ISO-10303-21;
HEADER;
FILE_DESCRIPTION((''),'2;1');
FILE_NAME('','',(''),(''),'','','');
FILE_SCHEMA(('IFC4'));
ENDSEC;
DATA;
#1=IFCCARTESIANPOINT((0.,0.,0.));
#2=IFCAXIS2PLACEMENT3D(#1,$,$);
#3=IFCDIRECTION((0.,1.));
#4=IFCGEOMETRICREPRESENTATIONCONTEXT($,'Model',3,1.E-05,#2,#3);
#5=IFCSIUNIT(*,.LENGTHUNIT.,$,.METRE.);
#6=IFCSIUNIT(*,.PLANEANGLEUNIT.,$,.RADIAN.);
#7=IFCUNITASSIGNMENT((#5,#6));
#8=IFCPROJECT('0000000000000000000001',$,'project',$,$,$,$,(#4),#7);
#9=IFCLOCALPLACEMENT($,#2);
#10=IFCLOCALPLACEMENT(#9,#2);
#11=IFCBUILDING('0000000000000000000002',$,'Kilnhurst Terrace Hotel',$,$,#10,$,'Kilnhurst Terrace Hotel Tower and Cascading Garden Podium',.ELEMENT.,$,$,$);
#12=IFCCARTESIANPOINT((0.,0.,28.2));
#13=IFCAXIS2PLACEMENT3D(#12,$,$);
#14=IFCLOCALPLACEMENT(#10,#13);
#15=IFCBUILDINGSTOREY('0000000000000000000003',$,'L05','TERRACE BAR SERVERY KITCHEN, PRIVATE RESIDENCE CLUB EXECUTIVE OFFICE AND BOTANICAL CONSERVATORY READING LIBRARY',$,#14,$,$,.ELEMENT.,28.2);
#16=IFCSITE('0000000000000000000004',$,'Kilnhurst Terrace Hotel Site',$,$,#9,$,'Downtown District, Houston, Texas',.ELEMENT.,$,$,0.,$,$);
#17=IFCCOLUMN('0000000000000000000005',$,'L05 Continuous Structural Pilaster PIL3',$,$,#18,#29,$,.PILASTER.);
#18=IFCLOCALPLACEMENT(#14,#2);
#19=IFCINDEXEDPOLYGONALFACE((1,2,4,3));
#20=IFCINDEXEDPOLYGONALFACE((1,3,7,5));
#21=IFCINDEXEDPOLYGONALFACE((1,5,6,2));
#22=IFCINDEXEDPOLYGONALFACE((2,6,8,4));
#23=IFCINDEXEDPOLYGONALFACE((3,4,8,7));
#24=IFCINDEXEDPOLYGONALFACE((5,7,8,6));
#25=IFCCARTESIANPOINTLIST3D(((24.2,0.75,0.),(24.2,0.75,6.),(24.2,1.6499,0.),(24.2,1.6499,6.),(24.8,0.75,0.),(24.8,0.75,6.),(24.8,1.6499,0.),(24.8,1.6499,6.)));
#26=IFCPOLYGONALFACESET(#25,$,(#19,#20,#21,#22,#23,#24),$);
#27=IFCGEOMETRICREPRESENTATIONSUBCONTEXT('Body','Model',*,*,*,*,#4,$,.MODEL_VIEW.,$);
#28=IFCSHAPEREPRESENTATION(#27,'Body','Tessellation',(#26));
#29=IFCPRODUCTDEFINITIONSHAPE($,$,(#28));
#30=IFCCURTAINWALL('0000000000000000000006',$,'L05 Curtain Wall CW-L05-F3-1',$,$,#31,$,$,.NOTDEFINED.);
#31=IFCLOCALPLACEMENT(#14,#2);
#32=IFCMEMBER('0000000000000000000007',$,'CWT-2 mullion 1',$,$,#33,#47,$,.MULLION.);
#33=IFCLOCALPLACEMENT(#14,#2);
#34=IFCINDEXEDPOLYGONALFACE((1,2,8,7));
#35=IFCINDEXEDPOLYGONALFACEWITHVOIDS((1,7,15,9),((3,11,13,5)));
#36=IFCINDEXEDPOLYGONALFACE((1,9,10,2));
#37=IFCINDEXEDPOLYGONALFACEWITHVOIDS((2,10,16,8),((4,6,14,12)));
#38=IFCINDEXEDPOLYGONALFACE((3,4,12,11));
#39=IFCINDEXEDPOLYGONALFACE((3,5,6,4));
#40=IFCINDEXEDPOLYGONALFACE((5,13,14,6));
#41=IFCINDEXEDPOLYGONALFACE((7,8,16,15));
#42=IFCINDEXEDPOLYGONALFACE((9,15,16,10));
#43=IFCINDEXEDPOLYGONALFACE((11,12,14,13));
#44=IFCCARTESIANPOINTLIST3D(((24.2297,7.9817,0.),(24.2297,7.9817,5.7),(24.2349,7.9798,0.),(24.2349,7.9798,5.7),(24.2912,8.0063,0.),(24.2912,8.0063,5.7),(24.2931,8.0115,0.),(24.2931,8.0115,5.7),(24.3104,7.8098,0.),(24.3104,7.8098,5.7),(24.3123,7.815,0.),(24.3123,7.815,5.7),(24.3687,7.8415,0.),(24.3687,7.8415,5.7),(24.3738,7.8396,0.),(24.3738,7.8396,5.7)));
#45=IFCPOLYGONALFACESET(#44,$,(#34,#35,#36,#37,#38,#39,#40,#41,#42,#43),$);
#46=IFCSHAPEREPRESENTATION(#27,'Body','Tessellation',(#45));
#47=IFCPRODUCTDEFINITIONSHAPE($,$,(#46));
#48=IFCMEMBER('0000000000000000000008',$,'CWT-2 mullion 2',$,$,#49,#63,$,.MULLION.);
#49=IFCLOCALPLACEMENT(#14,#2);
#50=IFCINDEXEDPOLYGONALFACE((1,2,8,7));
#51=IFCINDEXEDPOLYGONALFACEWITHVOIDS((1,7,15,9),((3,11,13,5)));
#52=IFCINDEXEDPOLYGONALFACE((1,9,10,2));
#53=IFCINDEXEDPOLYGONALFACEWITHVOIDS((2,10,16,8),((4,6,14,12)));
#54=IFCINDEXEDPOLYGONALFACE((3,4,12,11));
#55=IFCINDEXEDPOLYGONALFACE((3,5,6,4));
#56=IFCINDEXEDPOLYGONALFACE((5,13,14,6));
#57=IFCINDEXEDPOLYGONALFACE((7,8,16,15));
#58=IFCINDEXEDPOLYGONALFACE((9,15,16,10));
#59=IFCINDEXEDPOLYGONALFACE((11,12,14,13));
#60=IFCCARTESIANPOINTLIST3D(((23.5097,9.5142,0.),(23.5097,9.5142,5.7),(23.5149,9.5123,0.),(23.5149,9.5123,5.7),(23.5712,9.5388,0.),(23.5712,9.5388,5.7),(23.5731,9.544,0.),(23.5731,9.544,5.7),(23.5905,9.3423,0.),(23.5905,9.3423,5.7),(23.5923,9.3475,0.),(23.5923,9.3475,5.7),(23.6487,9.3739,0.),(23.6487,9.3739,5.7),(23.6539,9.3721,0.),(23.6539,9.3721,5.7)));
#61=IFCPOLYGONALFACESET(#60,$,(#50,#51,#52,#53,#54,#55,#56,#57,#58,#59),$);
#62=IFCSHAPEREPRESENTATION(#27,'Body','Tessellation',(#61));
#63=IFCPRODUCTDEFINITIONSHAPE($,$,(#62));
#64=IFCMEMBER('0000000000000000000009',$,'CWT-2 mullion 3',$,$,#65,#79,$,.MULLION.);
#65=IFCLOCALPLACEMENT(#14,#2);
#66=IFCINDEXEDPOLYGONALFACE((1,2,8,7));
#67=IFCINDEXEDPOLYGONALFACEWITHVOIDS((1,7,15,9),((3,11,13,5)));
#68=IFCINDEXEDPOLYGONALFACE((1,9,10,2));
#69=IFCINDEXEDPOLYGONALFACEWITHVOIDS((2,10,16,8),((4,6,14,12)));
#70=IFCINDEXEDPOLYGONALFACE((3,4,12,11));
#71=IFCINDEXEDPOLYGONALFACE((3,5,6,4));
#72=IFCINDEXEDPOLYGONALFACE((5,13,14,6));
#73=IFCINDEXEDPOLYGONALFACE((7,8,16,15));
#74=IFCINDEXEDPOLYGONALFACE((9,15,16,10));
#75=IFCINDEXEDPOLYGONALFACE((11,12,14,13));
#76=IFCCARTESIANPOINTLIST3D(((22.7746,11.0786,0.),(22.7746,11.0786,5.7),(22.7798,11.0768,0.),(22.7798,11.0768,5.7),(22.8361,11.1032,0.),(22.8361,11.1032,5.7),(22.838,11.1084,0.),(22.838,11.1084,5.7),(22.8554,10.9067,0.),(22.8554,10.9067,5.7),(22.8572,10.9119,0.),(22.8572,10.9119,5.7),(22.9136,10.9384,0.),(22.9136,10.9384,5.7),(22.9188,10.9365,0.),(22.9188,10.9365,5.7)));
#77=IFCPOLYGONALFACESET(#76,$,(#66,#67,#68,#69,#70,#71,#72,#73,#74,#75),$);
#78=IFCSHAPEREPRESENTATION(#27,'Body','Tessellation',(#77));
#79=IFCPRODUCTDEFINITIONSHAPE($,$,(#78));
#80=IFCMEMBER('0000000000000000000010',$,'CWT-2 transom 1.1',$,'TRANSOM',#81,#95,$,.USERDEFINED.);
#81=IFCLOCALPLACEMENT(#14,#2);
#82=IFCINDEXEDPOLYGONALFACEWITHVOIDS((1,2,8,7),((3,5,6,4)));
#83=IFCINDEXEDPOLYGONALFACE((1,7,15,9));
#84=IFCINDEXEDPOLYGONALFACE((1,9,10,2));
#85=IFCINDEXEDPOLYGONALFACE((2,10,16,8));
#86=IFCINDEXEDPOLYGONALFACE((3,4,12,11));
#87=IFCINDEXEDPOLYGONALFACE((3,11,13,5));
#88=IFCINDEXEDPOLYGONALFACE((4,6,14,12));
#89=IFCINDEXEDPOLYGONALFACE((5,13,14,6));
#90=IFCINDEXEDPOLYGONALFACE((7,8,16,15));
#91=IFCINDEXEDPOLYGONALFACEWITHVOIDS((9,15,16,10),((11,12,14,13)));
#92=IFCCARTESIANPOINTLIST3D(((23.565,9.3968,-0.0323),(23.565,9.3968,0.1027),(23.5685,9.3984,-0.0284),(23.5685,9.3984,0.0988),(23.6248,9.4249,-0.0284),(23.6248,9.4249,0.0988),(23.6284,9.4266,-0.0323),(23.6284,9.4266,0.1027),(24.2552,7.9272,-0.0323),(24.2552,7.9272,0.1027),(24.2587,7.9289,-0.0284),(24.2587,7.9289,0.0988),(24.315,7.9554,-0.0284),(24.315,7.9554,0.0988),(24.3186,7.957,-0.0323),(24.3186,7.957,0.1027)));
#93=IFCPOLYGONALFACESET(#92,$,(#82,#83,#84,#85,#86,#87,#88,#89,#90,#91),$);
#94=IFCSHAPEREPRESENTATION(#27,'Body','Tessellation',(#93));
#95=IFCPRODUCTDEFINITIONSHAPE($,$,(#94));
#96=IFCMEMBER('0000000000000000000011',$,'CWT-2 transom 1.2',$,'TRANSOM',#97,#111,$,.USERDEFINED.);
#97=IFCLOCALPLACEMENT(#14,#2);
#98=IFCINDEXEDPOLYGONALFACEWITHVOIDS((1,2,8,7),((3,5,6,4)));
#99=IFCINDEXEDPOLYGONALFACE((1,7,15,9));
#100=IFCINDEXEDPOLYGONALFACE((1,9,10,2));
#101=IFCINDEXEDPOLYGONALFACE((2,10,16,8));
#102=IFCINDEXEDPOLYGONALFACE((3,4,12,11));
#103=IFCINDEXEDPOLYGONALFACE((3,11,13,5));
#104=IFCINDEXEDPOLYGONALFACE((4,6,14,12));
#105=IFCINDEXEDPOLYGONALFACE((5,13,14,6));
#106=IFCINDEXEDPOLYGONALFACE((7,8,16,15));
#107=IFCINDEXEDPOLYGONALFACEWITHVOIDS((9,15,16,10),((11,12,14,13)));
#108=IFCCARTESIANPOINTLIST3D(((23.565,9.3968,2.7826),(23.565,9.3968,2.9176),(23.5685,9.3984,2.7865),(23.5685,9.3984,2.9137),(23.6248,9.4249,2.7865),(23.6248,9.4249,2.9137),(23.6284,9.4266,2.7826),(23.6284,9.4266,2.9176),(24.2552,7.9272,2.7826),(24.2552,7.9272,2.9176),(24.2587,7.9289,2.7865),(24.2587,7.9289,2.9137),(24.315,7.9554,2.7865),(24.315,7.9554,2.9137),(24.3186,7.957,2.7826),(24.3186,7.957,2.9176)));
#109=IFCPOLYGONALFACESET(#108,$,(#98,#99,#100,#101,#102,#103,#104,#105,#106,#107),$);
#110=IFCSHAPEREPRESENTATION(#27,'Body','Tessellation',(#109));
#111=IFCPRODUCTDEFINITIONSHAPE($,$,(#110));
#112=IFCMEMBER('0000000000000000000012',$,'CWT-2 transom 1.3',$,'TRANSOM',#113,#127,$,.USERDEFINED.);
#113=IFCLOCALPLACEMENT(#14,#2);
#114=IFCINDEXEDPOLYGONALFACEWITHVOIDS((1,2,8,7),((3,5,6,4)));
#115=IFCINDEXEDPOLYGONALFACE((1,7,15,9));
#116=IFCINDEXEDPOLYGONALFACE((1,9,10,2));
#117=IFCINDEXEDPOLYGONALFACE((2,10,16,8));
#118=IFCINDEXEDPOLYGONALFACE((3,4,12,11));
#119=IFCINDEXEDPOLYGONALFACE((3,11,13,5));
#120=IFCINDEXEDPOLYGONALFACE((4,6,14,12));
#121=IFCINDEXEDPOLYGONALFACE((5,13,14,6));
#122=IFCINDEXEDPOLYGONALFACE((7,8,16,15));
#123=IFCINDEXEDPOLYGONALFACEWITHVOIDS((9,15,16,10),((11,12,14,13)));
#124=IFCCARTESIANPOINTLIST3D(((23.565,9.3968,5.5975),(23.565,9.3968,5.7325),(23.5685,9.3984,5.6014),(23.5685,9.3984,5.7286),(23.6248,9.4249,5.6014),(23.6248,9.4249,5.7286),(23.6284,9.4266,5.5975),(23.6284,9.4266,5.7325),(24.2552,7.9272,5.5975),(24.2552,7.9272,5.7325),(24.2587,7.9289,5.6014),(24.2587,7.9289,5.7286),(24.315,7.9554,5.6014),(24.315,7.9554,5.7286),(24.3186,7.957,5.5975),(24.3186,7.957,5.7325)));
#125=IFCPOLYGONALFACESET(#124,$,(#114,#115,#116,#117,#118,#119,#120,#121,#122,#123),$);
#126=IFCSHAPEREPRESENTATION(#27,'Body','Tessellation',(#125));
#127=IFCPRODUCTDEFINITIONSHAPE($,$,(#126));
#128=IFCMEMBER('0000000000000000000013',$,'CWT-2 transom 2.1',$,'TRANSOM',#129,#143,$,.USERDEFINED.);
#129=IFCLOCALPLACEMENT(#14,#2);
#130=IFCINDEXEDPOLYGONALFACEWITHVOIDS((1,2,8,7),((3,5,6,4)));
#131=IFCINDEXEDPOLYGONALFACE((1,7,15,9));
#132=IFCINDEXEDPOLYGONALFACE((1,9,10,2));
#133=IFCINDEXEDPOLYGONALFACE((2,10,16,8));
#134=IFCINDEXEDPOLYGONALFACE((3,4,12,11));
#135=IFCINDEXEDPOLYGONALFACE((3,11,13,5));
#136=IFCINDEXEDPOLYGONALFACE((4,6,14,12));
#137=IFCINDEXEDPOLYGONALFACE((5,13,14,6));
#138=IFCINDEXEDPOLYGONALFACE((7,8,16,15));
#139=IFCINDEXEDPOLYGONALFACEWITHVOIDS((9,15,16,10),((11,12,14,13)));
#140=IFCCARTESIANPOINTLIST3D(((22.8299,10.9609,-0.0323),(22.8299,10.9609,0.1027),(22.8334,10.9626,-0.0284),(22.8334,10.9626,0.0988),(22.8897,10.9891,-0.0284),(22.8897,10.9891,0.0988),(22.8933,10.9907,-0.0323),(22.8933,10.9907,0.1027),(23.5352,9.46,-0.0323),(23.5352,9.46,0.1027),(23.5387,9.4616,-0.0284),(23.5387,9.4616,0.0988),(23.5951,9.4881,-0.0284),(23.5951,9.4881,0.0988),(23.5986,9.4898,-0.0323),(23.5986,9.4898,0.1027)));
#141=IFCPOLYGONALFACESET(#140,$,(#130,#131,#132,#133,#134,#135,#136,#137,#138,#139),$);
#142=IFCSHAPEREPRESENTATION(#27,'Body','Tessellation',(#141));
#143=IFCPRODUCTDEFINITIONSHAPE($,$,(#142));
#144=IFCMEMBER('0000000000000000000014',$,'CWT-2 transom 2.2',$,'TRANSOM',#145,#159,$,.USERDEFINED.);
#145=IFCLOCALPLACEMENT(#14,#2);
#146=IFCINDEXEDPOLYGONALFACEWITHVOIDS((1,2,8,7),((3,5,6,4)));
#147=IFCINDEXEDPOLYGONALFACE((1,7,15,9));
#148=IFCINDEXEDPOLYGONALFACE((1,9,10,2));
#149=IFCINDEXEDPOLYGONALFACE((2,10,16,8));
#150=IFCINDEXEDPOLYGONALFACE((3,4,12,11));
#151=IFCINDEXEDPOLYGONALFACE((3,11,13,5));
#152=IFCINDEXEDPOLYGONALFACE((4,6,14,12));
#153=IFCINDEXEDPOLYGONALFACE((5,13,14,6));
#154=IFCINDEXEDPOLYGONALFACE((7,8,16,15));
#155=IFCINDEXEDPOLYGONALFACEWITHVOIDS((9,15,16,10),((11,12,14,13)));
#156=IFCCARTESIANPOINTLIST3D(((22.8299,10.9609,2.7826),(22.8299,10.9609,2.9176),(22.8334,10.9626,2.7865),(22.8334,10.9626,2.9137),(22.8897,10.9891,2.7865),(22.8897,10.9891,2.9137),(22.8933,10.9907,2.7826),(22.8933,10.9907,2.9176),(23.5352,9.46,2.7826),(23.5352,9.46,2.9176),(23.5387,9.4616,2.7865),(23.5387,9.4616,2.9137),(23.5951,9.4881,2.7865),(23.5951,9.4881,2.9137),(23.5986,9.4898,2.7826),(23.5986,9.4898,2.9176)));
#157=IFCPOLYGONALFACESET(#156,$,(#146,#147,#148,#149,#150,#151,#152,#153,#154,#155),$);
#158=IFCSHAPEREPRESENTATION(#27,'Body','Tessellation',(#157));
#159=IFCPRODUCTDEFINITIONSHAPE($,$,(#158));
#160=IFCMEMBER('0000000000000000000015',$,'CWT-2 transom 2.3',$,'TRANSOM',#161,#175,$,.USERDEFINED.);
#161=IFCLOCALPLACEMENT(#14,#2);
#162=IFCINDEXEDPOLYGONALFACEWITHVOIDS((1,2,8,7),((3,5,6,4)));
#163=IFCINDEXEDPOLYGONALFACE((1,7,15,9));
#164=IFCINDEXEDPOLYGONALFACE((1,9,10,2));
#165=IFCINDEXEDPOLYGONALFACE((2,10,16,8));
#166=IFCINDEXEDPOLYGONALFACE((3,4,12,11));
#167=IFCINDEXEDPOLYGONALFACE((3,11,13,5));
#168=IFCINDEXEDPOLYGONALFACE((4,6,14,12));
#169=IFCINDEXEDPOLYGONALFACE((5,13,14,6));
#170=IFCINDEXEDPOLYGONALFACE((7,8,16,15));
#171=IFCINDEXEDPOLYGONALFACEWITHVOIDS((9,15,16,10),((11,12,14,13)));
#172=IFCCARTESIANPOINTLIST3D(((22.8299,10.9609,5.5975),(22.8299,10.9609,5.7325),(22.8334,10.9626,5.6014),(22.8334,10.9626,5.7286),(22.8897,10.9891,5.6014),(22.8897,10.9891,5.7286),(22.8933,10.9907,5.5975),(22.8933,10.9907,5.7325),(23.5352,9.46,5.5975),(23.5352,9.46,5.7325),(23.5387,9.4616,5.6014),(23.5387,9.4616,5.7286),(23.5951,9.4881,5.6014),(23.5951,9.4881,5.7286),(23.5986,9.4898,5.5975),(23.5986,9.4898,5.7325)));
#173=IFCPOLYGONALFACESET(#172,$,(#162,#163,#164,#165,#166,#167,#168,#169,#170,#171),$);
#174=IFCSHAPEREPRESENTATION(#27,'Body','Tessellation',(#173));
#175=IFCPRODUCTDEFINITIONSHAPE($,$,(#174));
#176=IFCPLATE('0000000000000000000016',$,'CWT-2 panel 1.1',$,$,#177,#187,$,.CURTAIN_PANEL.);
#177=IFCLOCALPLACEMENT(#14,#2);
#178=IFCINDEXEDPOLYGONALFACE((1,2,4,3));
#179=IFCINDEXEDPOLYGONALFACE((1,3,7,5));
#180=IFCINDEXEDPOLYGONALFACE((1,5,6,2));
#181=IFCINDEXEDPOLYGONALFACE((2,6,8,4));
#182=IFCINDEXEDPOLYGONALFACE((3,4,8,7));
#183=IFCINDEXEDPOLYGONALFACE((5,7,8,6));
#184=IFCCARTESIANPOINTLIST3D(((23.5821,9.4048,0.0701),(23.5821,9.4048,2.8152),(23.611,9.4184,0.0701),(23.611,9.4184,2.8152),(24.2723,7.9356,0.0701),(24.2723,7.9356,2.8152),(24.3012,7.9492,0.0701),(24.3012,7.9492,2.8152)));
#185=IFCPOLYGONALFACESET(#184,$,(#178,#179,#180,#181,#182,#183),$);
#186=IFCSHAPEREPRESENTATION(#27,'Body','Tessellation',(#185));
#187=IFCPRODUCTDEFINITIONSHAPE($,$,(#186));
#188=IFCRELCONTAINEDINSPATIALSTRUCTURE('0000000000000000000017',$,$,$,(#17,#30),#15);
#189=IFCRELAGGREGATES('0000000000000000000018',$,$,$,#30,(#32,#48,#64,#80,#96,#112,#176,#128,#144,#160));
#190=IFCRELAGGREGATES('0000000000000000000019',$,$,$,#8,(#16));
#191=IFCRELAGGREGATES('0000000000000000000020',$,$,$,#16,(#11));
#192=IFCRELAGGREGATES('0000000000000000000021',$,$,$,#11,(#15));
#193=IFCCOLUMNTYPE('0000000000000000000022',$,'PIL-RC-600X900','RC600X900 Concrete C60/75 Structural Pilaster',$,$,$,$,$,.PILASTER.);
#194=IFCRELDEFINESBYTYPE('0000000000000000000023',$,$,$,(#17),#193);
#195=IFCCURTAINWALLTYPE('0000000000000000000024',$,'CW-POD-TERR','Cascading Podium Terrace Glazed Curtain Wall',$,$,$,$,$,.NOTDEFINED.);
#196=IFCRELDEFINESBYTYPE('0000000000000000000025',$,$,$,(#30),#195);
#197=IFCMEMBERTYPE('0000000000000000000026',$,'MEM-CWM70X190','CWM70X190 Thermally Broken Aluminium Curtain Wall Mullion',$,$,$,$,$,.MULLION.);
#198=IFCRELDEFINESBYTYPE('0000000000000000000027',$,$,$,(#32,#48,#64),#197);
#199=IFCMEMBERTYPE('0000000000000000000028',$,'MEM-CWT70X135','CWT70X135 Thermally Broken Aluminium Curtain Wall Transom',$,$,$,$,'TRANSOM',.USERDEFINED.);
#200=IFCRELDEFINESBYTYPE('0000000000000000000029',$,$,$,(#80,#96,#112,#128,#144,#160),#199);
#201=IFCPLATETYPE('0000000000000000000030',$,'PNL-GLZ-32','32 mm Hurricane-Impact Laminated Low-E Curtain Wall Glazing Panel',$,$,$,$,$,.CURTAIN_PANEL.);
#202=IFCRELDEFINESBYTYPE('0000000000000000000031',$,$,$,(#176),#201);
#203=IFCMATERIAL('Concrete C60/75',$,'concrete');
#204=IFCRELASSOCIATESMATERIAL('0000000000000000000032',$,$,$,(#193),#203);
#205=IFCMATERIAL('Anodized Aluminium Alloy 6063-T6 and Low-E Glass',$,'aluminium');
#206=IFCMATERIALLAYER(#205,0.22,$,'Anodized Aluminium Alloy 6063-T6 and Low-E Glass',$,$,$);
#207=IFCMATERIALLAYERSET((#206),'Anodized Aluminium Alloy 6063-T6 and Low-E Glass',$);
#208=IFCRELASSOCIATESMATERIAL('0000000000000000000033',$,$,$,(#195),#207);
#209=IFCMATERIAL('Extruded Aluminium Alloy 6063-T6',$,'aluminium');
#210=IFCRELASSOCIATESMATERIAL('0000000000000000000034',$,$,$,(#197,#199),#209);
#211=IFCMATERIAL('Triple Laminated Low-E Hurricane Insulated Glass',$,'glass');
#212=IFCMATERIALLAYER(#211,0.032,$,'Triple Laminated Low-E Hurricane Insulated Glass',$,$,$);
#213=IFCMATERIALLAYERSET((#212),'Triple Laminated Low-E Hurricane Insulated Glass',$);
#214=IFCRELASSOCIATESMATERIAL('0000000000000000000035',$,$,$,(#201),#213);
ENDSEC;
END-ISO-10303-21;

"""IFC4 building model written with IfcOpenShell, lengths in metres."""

from ifc_helpers import new_model, si_unit, direction, frame, origin, origin_2d, place, context, subcontext, project, spatial, rectangle, hollow_rectangle, extrude, material, layer, layer_set, material_profile, profile_set, type_object, element, aggregate, save


model = new_model("IFC4")

# Units and contexts
model_context = context("Model", 3, precision=1e-05, world=origin(), true_north=direction((0.0, 1.0)))
body_context = subcontext(model_context, "Body", "Model", "MODEL_VIEW")
ifc_project = project(units=[si_unit("LENGTHUNIT", "METRE"), si_unit("PLANEANGLEUNIT", "RADIAN")], contexts=[model_context])

# Site, building, storey
site_placement = place(None, origin())
site = spatial("IfcSite", under=ifc_project, at=site_placement, Name="Kilnhurst Terrace Hotel Site", LongName="Downtown District, Houston, Texas", CompositionType="ELEMENT", RefElevation=0.0)
building_placement = place(site_placement, origin())
building = spatial("IfcBuilding", under=site, at=building_placement, Name="Kilnhurst Terrace Hotel", LongName="Kilnhurst Terrace Hotel Tower and Cascading Garden Podium", CompositionType="ELEMENT")
storey_placement = place(building_placement, frame((0.0, 0.0, 28.2)))
storey = spatial("IfcBuildingStorey", under=building, at=storey_placement, Name="L05", Description="TERRACE BAR SERVERY KITCHEN, PRIVATE RESIDENCE CLUB EXECUTIVE OFFICE AND BOTANICAL CONSERVATORY READING LIBRARY", CompositionType="ELEMENT", Elevation=28.2)

# Column
ifc_material_1 = material(Name="Concrete C60/75", Category="concrete")
ifc_material_profile_1 = material_profile(ifc_material_1, rectangle(XDim=0.6001, YDim=0.8999, at=origin_2d()), Name="RC600X900")
ifc_profile_set_1 = profile_set([ifc_material_profile_1], Name="Concrete C60/75")
column_type = type_object("IfcColumnType", Name="PIL-RC-600X900", Description="RC600X900 Concrete C60/75 Structural Pilaster", PredefinedType="PILASTER", material=ifc_profile_set_1)
column_placement = place(storey_placement, frame((24.5, 1.2, 0.0), z_axis=(0.0, 0.0, 1.0), x_axis=(1.0, 0.0, 0.0)))
element("IfcColumn", 1, at=column_placement, inside=storey, type_object=column_type, Name="L05 Continuous Structural Pilaster PIL3", PredefinedType="PILASTER", context=body_context, shape_type="SweptSolid", body=[
    extrude(rectangle(XDim=0.6001, YDim=0.8999, at=origin_2d()), origin(), (0.0, 0.0, 1.0), 6.0),
])

# Curtain wall, members, plate
ifc_material_2 = material(Name="Anodized Aluminium Alloy 6063-T6 and Low-E Glass", Category="aluminium")
ifc_layer_1 = layer(ifc_material_2, 0.22, Name="Anodized Aluminium Alloy 6063-T6 and Low-E Glass")
ifc_layer_set_1 = layer_set([ifc_layer_1], Name="Anodized Aluminium Alloy 6063-T6 and Low-E Glass")
curtain_wall_type = type_object("IfcCurtainWallType", Name="CW-POD-TERR", Description="Cascading Podium Terrace Glazed Curtain Wall", PredefinedType="NOTDEFINED", material=ifc_layer_set_1)
curtain_wall_placement = place(storey_placement, origin())
curtain_wall = element("IfcCurtainWall", 2, at=curtain_wall_placement, inside=storey, type_object=curtain_wall_type, Name="L05 Curtain Wall CW-L05-F3-1", PredefinedType="NOTDEFINED")
ifc_material_3 = material(Name="Extruded Aluminium Alloy 6063-T6", Category="aluminium")
ifc_material_profile_2 = material_profile(ifc_material_3, hollow_rectangle(XDim=0.0701, YDim=0.1899, WallThickness=0.0039, at=origin_2d()), Name="CWM70X190")
ifc_profile_set_2 = profile_set([ifc_material_profile_2], Name="Extruded Aluminium Alloy 6063-T6")
member_type_1 = type_object("IfcMemberType", Name="MEM-CWM70X190", Description="CWM70X190 Thermally Broken Aluminium Curtain Wall Mullion", PredefinedType="MULLION", material=ifc_profile_set_2)
member_1_placement = place(storey_placement, frame((24.3018, 7.9106, 0.0), z_axis=(0.0, 0.0, 1.0), x_axis=(-0.905099, -0.425202, 0.0)))
member_1 = element("IfcMember", 3, at=member_1_placement, type_object=member_type_1, Name="CWT-2 mullion 1", PredefinedType="MULLION", context=body_context, shape_type="SweptSolid", body=[
    extrude(hollow_rectangle(XDim=0.0701, YDim=0.1899, WallThickness=0.0039, at=origin_2d()), origin(), (0.0, 0.0, 1.0), 5.7),
])
member_2_placement = place(storey_placement, frame((23.5818, 9.4431, 0.0), z_axis=(0.0, 0.0, 1.0), x_axis=(-0.905099, -0.425202, 0.0)))
member_2 = element("IfcMember", 4, at=member_2_placement, type_object=member_type_1, Name="CWT-2 mullion 2", PredefinedType="MULLION", context=body_context, shape_type="SweptSolid", body=[
    extrude(hollow_rectangle(XDim=0.0701, YDim=0.1899, WallThickness=0.0039, at=origin_2d()), origin(), (0.0, 0.0, 1.0), 5.7),
])
member_3_placement = place(storey_placement, frame((22.8467, 11.0076, 0.0), z_axis=(0.0, 0.0, 1.0), x_axis=(-0.905099, -0.425202, 0.0)))
member_3 = element("IfcMember", 5, at=member_3_placement, type_object=member_type_1, Name="CWT-2 mullion 3", PredefinedType="MULLION", context=body_context, shape_type="SweptSolid", body=[
    extrude(hollow_rectangle(XDim=0.0701, YDim=0.1899, WallThickness=0.0039, at=origin_2d()), origin(), (0.0, 0.0, 1.0), 5.7),
])
ifc_material_profile_3 = material_profile(ifc_material_3, hollow_rectangle(XDim=0.0701, YDim=0.135, WallThickness=0.0039, at=origin_2d()), Name="CWT70X135")
ifc_profile_set_3 = profile_set([ifc_material_profile_3], Name="Extruded Aluminium Alloy 6063-T6")
member_type_2 = type_object("IfcMemberType", Name="MEM-CWT70X135", Description="CWT70X135 Thermally Broken Aluminium Curtain Wall Transom", ElementType="TRANSOM", PredefinedType="USERDEFINED", material=ifc_profile_set_3)
member_4_placement = place(storey_placement, frame((24.2869, 7.9421, 0.0352), z_axis=(-0.425123, 0.905135, 0.0), x_axis=(-0.905135, -0.425123, 0.0)))
member_4 = element("IfcMember", 6, at=member_4_placement, type_object=member_type_2, Name="CWT-2 transom 1.1", ObjectType="TRANSOM", PredefinedType="USERDEFINED", context=body_context, shape_type="SweptSolid", body=[
    extrude(hollow_rectangle(XDim=0.0701, YDim=0.135, WallThickness=0.0039, at=origin_2d()), origin(), (0.0, 0.0, 1.0), 1.6235),
])
member_5_placement = place(storey_placement, frame((24.2869, 7.9421, 2.8501), z_axis=(-0.425123, 0.905135, 0.0), x_axis=(-0.905135, -0.425123, 0.0)))
member_5 = element("IfcMember", 7, at=member_5_placement, type_object=member_type_2, Name="CWT-2 transom 1.2", ObjectType="TRANSOM", PredefinedType="USERDEFINED", context=body_context, shape_type="SweptSolid", body=[
    extrude(hollow_rectangle(XDim=0.0701, YDim=0.135, WallThickness=0.0039, at=origin_2d()), origin(), (0.0, 0.0, 1.0), 1.6235),
])
member_6_placement = place(storey_placement, frame((24.2869, 7.9421, 5.665), z_axis=(-0.425123, 0.905135, 0.0), x_axis=(-0.905135, -0.425123, 0.0)))
member_6 = element("IfcMember", 8, at=member_6_placement, type_object=member_type_2, Name="CWT-2 transom 1.3", ObjectType="TRANSOM", PredefinedType="USERDEFINED", context=body_context, shape_type="SweptSolid", body=[
    extrude(hollow_rectangle(XDim=0.0701, YDim=0.135, WallThickness=0.0039, at=origin_2d()), origin(), (0.0, 0.0, 1.0), 1.6235),
])
member_7_placement = place(storey_placement, frame((23.5669, 9.4749, 0.0352), z_axis=(-0.425294, 0.905055, 0.0), x_axis=(-0.905055, -0.425294, 0.0)))
member_7 = element("IfcMember", 9, at=member_7_placement, type_object=member_type_2, Name="CWT-2 transom 2.1", ObjectType="TRANSOM", PredefinedType="USERDEFINED", context=body_context, shape_type="SweptSolid", body=[
    extrude(hollow_rectangle(XDim=0.0701, YDim=0.135, WallThickness=0.0039, at=origin_2d()), origin(), (0.0, 0.0, 1.0), 1.6584),
])
member_8_placement = place(storey_placement, frame((23.5669, 9.4749, 2.8501), z_axis=(-0.425294, 0.905055, 0.0), x_axis=(-0.905055, -0.425294, 0.0)))
member_8 = element("IfcMember", 10, at=member_8_placement, type_object=member_type_2, Name="CWT-2 transom 2.2", ObjectType="TRANSOM", PredefinedType="USERDEFINED", context=body_context, shape_type="SweptSolid", body=[
    extrude(hollow_rectangle(XDim=0.0701, YDim=0.135, WallThickness=0.0039, at=origin_2d()), origin(), (0.0, 0.0, 1.0), 1.6584),
])
member_9_placement = place(storey_placement, frame((23.5669, 9.4749, 5.665), z_axis=(-0.425294, 0.905055, 0.0), x_axis=(-0.905055, -0.425294, 0.0)))
member_9 = element("IfcMember", 11, at=member_9_placement, type_object=member_type_2, Name="CWT-2 transom 2.3", ObjectType="TRANSOM", PredefinedType="USERDEFINED", context=body_context, shape_type="SweptSolid", body=[
    extrude(hollow_rectangle(XDim=0.0701, YDim=0.135, WallThickness=0.0039, at=origin_2d()), origin(), (0.0, 0.0, 1.0), 1.6584),
])
ifc_material_4 = material(Name="Triple Laminated Low-E Hurricane Insulated Glass", Category="glass")
ifc_layer_2 = layer(ifc_material_4, 0.032, Name="Triple Laminated Low-E Hurricane Insulated Glass")
ifc_layer_set_2 = layer_set([ifc_layer_2], Name="Triple Laminated Low-E Hurricane Insulated Glass")
plate_type = type_object("IfcPlateType", Name="PNL-GLZ-32", Description="32 mm Hurricane-Impact Laminated Low-E Curtain Wall Glazing Panel", PredefinedType="CURTAIN_PANEL", material=ifc_layer_set_2)
plate_1_placement = place(storey_placement, frame((23.9417, 8.677, 0.0701), z_axis=(0.0, 0.0, 1.0), x_axis=(-0.425202, 0.905099, 0.0)))
plate_1 = element("IfcPlate", 12, at=plate_1_placement, type_object=plate_type, Name="CWT-2 panel 1.1", PredefinedType="CURTAIN_PANEL", context=body_context, shape_type="SweptSolid", body=[
    extrude(rectangle(XDim=1.6233, YDim=0.032, at=origin_2d()), origin(), (0.0, 0.0, 1.0), 2.7451),
])
aggregate(curtain_wall, [member_1, member_2, member_3, member_4, member_5, member_6, plate_1, member_7, member_8, member_9])

save(model, "model.ifc")
